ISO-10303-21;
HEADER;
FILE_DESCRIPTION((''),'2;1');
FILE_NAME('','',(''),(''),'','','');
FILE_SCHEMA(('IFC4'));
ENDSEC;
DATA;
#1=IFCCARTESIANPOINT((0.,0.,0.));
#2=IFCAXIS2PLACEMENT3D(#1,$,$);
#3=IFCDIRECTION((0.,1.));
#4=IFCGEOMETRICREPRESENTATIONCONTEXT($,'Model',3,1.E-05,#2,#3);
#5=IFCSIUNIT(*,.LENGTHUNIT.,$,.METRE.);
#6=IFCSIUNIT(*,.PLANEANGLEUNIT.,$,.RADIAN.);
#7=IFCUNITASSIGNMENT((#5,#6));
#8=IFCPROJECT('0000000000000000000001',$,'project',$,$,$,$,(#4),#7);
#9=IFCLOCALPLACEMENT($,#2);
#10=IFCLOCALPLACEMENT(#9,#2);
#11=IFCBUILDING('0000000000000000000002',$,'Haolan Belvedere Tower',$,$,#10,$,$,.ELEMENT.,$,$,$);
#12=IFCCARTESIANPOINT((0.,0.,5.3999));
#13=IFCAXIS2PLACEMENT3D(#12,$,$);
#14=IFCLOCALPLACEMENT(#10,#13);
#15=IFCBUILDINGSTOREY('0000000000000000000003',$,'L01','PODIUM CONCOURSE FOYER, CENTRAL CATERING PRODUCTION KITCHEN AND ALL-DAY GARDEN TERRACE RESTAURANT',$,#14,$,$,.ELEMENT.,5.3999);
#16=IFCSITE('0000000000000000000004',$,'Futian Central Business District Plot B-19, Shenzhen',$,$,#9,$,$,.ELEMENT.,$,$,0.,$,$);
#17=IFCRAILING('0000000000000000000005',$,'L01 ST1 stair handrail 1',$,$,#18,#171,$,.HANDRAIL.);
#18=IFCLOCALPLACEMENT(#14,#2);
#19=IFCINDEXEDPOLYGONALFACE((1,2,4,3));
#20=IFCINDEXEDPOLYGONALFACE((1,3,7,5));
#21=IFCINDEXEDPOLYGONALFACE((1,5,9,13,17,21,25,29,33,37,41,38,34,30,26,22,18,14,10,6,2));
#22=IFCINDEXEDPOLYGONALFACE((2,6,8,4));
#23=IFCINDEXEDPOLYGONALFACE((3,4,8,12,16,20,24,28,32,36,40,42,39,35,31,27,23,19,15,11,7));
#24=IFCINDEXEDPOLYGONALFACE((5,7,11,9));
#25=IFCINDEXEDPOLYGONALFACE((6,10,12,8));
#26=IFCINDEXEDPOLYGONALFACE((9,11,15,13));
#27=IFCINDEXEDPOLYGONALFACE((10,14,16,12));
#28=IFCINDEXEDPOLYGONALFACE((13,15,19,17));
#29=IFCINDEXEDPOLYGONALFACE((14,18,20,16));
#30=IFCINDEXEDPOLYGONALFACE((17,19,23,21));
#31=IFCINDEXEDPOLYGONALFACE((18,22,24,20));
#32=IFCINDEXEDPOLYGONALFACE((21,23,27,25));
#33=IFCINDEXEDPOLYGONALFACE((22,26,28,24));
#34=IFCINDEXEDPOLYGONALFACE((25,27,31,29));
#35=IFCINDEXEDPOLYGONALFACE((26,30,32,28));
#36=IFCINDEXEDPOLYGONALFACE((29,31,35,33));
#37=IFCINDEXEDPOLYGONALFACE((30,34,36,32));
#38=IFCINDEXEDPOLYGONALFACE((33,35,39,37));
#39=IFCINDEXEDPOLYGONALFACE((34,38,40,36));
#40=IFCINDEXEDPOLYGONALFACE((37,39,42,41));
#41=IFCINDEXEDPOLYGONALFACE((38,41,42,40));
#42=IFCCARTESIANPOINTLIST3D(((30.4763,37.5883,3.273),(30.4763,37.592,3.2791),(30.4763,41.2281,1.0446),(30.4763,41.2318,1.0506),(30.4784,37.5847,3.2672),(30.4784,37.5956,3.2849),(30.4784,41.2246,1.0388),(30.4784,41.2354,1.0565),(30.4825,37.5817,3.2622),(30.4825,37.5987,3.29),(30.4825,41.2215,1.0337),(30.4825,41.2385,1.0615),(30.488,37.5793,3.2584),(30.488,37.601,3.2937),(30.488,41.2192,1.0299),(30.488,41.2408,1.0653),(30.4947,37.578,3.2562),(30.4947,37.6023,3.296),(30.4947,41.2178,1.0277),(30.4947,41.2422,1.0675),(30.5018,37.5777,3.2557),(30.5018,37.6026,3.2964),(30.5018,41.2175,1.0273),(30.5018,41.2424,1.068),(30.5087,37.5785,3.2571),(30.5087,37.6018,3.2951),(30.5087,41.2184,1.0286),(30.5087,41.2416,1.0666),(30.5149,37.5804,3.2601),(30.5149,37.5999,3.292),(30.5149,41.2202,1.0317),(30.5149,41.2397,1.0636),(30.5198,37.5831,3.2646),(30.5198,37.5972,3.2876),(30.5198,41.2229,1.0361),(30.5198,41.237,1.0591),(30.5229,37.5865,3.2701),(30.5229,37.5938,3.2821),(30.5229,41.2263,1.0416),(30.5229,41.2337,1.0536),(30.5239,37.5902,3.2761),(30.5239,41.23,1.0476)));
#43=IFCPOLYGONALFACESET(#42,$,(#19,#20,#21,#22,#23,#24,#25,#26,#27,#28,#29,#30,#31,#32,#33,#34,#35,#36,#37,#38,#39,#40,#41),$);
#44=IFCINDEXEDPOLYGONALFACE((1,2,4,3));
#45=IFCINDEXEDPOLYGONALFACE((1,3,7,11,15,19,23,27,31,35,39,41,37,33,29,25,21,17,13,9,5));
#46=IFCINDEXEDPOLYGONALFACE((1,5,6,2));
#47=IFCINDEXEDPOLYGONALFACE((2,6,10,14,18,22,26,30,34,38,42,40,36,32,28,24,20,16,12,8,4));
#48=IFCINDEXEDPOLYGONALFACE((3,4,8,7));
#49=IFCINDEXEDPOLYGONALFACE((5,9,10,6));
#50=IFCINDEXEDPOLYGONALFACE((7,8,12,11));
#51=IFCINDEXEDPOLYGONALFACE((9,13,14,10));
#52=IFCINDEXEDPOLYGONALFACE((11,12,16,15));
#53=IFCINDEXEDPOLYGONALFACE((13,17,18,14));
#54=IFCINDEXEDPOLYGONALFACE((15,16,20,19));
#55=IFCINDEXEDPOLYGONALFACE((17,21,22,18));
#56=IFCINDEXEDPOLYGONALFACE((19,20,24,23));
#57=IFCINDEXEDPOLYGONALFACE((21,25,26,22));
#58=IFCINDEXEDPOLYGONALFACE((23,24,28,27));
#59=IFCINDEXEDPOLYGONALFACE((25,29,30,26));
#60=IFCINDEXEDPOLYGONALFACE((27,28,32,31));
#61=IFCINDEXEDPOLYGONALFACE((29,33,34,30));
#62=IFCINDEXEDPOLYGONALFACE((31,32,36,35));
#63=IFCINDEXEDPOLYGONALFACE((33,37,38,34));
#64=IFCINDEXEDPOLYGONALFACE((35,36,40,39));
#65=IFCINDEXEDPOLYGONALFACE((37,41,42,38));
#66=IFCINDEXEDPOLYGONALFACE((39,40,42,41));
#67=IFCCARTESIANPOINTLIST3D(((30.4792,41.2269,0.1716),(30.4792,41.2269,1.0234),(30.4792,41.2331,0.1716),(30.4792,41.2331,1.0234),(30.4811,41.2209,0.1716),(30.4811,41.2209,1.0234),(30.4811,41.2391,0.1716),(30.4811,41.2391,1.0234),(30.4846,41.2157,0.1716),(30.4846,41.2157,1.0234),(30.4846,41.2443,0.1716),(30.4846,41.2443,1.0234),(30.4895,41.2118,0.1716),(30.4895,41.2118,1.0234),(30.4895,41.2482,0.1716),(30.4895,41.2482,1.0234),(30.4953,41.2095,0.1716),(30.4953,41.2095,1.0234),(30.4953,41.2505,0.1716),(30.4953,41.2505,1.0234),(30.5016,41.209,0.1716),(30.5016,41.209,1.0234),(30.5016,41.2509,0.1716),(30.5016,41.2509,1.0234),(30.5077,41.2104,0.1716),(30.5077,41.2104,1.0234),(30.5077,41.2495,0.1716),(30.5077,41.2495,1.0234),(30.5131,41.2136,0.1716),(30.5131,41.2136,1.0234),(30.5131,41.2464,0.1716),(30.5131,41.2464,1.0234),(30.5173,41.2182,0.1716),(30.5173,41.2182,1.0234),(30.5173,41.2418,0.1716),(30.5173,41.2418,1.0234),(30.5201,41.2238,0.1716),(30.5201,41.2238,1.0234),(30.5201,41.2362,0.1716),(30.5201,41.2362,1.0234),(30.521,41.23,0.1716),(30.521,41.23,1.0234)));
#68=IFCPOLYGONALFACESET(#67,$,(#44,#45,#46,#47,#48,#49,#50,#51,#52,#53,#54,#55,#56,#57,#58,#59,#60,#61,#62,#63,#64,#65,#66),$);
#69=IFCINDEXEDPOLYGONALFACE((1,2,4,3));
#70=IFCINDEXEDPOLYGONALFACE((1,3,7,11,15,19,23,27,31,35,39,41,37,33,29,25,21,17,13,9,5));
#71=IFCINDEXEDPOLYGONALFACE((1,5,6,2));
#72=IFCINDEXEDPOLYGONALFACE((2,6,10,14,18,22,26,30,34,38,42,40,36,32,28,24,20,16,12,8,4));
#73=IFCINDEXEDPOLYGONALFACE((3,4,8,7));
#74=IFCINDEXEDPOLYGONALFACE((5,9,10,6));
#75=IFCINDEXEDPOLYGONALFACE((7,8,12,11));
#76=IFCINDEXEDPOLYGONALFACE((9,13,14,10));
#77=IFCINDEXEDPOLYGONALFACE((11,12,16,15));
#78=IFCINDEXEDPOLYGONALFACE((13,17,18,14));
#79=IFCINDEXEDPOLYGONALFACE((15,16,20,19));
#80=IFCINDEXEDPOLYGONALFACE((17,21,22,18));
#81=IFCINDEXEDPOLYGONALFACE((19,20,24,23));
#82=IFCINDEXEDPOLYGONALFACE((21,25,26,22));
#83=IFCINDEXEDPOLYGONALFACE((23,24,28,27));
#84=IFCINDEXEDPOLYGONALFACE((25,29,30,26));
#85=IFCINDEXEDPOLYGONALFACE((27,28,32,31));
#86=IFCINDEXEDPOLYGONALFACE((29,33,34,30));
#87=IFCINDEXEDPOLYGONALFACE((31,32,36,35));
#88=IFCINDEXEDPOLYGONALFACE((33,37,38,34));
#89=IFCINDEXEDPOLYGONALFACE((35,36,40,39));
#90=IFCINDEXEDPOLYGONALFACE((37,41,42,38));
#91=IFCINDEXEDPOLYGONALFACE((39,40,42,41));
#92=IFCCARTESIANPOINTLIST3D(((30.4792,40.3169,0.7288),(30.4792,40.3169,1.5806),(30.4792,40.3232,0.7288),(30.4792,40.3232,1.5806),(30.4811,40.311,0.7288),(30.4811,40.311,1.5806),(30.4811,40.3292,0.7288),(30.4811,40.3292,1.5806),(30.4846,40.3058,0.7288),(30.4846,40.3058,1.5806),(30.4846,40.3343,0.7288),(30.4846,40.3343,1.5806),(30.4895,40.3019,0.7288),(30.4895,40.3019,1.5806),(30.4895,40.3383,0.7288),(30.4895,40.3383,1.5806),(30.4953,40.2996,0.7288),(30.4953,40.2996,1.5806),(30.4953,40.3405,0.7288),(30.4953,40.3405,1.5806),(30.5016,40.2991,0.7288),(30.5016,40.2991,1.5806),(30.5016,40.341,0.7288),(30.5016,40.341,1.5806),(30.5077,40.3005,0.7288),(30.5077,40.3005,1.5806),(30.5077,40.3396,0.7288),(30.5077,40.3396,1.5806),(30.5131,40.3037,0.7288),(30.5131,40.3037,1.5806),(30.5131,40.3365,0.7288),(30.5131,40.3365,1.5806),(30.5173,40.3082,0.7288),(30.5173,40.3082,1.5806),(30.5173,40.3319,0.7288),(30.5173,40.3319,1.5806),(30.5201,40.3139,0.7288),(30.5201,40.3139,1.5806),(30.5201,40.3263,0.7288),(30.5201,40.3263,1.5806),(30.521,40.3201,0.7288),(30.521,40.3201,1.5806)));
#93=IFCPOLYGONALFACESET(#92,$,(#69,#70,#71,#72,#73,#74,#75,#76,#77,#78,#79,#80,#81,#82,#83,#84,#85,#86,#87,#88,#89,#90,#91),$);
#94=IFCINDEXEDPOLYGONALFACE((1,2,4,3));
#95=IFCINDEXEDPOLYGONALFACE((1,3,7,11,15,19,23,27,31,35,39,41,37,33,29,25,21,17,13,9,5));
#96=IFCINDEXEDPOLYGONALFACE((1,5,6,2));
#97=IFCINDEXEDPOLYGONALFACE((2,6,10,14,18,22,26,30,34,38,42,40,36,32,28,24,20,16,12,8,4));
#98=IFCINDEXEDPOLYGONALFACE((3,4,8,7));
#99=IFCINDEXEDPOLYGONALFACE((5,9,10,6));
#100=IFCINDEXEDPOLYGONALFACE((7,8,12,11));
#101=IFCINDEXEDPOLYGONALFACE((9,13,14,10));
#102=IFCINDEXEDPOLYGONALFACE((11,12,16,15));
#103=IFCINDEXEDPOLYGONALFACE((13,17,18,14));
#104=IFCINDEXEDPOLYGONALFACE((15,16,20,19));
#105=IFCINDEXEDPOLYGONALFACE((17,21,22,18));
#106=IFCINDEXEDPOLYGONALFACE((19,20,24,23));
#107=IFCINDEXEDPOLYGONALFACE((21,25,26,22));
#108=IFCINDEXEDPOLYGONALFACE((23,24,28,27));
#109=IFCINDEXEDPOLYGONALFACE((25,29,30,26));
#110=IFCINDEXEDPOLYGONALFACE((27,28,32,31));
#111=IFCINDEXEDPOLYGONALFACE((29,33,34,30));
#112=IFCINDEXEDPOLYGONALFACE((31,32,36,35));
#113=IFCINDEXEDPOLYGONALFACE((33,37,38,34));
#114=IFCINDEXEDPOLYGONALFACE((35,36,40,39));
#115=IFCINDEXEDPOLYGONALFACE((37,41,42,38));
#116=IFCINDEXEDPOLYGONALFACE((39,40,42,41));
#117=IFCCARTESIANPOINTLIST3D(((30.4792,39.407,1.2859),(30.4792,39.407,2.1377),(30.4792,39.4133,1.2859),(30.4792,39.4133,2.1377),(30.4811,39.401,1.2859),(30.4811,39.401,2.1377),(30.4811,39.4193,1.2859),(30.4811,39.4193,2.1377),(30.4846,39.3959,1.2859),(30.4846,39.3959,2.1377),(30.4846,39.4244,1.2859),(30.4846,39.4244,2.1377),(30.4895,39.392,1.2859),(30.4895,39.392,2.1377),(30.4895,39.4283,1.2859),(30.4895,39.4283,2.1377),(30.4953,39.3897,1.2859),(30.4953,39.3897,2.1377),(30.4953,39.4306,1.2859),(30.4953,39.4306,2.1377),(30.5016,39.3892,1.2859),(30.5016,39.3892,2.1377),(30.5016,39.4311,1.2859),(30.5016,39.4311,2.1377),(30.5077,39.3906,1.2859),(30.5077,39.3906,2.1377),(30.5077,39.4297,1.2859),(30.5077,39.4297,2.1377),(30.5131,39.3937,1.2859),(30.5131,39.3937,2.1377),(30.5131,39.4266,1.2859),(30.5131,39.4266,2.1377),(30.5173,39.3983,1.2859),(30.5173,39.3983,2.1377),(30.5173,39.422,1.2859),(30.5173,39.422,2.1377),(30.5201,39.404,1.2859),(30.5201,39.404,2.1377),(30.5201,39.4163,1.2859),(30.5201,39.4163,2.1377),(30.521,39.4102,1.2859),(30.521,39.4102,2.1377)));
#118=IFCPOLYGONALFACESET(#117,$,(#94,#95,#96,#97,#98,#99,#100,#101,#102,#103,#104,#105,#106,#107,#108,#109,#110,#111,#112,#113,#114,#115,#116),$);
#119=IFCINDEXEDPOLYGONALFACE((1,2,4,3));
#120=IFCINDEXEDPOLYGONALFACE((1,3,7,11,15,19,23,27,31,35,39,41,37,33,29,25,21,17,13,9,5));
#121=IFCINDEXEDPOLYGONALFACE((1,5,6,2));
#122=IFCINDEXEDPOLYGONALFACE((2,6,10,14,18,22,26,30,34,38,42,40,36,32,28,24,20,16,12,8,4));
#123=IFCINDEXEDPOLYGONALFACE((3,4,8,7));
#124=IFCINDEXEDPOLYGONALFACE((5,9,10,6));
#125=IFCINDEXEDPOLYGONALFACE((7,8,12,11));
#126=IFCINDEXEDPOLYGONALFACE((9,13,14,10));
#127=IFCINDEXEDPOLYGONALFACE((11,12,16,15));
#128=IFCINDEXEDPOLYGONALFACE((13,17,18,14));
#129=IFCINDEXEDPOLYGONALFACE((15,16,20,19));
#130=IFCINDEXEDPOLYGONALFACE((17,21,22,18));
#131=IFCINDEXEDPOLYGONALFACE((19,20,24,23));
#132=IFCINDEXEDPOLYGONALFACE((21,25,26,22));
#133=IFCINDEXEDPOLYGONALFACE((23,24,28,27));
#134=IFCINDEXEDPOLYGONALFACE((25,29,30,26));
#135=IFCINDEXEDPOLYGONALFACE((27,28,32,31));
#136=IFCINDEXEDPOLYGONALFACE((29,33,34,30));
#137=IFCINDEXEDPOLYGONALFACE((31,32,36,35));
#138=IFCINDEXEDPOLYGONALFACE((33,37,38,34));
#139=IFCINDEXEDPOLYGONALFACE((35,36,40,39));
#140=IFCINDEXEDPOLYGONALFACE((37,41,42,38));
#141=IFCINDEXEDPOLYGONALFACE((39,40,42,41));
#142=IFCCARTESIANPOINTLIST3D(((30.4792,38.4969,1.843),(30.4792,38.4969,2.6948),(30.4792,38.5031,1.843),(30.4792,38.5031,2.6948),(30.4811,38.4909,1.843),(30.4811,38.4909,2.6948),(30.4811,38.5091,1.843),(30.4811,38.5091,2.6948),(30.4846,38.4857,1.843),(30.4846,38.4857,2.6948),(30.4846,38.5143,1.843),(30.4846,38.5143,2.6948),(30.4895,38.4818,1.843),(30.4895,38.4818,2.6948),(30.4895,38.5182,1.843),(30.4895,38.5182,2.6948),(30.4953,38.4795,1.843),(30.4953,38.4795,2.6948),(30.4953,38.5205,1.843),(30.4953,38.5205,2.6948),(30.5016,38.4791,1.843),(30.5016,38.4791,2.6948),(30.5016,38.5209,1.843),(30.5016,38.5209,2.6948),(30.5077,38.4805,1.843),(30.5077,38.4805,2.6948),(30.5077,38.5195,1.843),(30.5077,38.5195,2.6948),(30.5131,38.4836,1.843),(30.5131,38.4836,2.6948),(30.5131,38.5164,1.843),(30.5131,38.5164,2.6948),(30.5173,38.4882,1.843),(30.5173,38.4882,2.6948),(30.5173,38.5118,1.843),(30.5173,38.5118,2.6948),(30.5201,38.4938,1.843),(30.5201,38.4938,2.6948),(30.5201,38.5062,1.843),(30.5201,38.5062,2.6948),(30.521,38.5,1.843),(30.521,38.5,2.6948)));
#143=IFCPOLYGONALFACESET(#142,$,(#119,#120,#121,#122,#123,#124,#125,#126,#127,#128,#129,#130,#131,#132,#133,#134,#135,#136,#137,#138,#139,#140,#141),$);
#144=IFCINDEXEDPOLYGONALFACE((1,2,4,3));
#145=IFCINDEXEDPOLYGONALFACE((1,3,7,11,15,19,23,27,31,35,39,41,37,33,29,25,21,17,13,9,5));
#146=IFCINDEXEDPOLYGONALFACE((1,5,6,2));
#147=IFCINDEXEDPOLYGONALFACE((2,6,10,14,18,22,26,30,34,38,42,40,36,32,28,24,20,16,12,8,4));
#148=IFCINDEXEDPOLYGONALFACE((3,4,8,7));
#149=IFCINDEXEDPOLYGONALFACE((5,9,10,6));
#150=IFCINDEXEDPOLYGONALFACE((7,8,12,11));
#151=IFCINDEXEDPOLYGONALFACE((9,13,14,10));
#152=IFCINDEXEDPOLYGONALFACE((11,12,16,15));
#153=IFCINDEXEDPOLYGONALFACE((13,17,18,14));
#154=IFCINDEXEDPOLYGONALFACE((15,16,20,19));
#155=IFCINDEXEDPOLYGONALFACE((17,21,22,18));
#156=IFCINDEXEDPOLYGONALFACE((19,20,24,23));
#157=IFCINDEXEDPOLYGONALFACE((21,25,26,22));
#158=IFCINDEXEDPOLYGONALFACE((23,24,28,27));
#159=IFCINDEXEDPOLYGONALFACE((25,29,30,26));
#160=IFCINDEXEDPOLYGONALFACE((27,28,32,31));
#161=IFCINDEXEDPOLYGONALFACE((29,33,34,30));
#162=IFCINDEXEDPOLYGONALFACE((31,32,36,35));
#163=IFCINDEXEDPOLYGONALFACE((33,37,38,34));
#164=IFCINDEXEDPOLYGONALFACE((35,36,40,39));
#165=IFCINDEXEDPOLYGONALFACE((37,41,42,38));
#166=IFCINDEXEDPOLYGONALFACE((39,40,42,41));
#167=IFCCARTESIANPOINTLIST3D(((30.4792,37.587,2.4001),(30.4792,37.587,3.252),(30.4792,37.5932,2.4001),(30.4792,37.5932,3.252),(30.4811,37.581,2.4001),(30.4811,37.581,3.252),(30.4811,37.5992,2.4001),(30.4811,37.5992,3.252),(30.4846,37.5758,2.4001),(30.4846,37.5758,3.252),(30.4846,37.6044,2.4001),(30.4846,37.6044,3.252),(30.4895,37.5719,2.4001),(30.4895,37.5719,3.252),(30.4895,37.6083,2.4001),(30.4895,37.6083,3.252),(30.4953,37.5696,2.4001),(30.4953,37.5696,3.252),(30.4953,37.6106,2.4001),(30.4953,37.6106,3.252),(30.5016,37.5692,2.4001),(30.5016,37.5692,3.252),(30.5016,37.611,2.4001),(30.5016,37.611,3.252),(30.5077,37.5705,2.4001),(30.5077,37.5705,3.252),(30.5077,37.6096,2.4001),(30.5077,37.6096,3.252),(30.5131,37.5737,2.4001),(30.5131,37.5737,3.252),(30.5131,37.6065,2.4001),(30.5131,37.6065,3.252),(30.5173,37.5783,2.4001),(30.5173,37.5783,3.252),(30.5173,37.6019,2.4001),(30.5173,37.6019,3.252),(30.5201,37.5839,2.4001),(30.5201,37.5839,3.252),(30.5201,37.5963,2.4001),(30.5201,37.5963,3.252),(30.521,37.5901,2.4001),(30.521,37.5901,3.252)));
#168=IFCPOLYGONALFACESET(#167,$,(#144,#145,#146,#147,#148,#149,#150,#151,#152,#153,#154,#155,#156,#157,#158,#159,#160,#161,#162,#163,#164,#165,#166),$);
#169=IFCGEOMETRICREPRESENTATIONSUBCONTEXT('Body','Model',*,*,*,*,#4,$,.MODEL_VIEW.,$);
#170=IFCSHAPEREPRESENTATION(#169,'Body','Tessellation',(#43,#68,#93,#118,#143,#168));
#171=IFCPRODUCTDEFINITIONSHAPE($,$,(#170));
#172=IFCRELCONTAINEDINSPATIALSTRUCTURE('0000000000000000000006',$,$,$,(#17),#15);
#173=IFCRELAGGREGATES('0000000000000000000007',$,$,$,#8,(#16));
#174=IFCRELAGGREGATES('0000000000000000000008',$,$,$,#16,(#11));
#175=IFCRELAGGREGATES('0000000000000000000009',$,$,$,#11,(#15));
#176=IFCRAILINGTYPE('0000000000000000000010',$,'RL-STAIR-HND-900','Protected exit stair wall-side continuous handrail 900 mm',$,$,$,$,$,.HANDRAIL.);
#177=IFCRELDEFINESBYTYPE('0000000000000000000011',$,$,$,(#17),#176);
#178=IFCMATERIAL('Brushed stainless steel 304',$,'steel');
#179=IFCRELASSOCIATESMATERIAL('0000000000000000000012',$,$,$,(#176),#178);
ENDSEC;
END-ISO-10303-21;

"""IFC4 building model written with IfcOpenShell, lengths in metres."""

from ifc_helpers import new_model, si_unit, direction, frame, origin, origin_2d, place, context, subcontext, project, spatial, circle, extrude, material, type_object, element, save


model = new_model("IFC4")

# Units and contexts
model_context = context("Model", 3, precision=1e-05, world=origin(), true_north=direction((0.0, 1.0)))
body_context = subcontext(model_context, "Body", "Model", "MODEL_VIEW")
ifc_project = project(units=[si_unit("LENGTHUNIT", "METRE"), si_unit("PLANEANGLEUNIT", "RADIAN")], contexts=[model_context])

# Site, building, storey
site_placement = place(None, origin())
site = spatial("IfcSite", under=ifc_project, at=site_placement, Name="Futian Central Business District Plot B-19, Shenzhen", CompositionType="ELEMENT", RefElevation=0.0)
building_placement = place(site_placement, origin())
building = spatial("IfcBuilding", under=site, at=building_placement, Name="Haolan Belvedere Tower", CompositionType="ELEMENT")
storey_placement = place(building_placement, frame((0.0, 0.0, 5.3999)))
storey = spatial("IfcBuildingStorey", under=building, at=storey_placement, Name="L01", Description="PODIUM CONCOURSE FOYER, CENTRAL CATERING PRODUCTION KITCHEN AND ALL-DAY GARDEN TERRACE RESTAURANT", CompositionType="ELEMENT", Elevation=5.3999)

# Railing
ifc_material_1 = material(Name="Brushed stainless steel 304", Category="steel")
railing_type_1 = type_object("IfcRailingType", Name="RL-STAIR-HND-900", Description="Protected exit stair wall-side continuous handrail 900 mm", PredefinedType="HANDRAIL", material=ifc_material_1)
railing_1_placement = place(storey_placement, frame((30.5, 41.23, 0.1716)))
element("IfcRailing", 1, at=railing_1_placement, inside=storey, type_object=railing_type_1, Name="L01 ST1 stair handrail 1", PredefinedType="HANDRAIL", context=body_context, shape_type="SweptSolid", body=[
    extrude(circle(Radius=0.0239, at=origin_2d()), frame((0.0, 0.0, 0.876), z_axis=(0.0, -0.85285, 0.522156), x_axis=(1.0, 0.0, 0.0)), (0.0, 0.0, 1.0), 4.2678),
    extrude(circle(Radius=0.021, at=origin_2d()), origin(), (0.0, 0.0, 1.0), 0.8518),
    extrude(circle(Radius=0.021, at=origin_2d()), frame((0.0, -0.9099, 0.5571)), (0.0, 0.0, 1.0), 0.8518),
    extrude(circle(Radius=0.021, at=origin_2d()), frame((0.0, -1.8198, 1.1143)), (0.0, 0.0, 1.0), 0.8518),
    extrude(circle(Radius=0.021, at=origin_2d()), frame((0.0, -2.73, 1.6714)), (0.0, 0.0, 1.0), 0.8518),
    extrude(circle(Radius=0.021, at=origin_2d()), frame((0.0, -3.6399, 2.2285)), (0.0, 0.0, 1.0), 0.8518),
])

save(model, "model.ifc")
